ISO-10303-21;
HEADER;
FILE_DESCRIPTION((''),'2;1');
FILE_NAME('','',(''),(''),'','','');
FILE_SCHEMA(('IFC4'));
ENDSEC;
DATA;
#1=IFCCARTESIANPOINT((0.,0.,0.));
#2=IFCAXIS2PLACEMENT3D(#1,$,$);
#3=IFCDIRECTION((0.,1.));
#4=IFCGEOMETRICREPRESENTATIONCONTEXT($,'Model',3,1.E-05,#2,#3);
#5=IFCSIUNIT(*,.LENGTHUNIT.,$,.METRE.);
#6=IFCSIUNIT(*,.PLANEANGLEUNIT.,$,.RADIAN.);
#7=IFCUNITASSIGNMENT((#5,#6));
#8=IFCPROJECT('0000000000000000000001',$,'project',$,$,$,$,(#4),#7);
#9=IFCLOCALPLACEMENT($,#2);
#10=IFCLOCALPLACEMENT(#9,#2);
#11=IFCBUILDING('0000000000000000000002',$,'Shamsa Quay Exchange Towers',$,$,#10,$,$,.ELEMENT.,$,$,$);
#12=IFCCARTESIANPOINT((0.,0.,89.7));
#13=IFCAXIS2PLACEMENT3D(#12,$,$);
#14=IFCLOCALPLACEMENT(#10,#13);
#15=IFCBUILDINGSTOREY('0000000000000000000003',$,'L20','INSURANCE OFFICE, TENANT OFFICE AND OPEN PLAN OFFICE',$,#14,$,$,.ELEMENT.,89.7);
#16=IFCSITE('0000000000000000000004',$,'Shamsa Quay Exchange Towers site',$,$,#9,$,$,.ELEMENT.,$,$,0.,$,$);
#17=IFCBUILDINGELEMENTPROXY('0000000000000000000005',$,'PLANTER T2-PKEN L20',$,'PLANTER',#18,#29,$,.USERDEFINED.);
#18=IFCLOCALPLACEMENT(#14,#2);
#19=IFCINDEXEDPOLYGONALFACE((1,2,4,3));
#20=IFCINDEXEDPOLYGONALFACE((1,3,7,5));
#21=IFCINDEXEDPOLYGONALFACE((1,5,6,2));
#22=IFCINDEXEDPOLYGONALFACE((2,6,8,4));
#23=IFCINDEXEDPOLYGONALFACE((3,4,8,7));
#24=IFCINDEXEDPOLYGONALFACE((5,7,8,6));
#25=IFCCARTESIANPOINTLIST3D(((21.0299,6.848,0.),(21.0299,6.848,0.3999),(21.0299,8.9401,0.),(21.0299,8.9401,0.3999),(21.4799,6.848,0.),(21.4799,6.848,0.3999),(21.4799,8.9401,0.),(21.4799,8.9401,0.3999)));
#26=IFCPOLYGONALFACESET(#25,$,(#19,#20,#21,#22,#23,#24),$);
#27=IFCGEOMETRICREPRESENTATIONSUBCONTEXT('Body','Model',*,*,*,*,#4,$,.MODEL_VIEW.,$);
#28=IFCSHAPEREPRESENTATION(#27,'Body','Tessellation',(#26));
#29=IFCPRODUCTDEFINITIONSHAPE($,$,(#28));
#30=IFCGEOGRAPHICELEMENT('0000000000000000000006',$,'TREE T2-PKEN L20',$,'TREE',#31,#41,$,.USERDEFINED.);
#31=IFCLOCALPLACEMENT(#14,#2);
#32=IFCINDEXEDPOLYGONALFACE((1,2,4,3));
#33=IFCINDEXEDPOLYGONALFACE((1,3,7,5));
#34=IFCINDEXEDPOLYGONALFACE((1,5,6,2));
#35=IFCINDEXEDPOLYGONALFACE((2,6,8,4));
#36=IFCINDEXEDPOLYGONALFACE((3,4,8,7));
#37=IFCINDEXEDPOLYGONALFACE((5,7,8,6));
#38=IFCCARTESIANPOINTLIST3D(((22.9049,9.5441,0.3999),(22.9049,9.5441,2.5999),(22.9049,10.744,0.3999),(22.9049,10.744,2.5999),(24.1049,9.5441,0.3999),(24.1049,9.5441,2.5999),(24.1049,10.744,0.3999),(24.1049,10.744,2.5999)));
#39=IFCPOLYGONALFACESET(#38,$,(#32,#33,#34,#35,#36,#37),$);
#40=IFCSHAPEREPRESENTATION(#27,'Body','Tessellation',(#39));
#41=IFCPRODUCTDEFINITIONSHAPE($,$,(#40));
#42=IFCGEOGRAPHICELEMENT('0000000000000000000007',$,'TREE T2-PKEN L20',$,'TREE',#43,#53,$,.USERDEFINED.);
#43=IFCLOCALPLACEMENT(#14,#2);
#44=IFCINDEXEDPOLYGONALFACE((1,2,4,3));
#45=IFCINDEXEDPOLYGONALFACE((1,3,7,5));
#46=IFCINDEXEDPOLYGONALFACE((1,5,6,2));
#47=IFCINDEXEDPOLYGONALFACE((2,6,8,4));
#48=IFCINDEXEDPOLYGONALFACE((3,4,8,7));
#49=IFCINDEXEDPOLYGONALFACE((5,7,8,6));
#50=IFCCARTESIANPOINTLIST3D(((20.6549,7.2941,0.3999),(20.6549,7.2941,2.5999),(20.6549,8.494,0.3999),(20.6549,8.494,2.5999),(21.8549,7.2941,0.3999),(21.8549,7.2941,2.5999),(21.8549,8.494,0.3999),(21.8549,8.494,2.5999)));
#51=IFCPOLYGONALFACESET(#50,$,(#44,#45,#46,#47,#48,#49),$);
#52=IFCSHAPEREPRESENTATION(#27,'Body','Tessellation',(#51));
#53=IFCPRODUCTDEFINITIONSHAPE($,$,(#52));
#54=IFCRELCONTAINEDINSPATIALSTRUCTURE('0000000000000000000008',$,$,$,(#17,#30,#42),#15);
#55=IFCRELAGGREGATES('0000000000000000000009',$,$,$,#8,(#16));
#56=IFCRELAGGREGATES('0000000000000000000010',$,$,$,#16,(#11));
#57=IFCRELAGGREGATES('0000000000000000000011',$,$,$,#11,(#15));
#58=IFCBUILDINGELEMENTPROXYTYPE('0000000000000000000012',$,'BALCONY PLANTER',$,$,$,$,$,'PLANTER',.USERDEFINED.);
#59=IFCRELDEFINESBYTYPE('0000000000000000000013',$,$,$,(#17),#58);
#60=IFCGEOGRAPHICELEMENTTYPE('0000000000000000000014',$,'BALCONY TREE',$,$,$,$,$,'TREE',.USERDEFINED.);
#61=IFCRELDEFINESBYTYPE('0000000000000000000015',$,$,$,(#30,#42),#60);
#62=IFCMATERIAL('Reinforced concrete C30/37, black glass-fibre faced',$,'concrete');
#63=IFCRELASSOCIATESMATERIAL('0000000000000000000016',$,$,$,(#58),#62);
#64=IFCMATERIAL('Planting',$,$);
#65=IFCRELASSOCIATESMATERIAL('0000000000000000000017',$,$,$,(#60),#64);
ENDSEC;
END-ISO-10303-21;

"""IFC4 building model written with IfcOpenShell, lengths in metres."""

from ifc_helpers import new_model, si_unit, direction, frame, origin, origin_2d, place, context, subcontext, project, spatial, rectangle, extrude, material, type_object, element, save


model = new_model("IFC4")

# Units and contexts
model_context = context("Model", 3, precision=1e-05, world=origin(), true_north=direction((0.0, 1.0)))
body_context = subcontext(model_context, "Body", "Model", "MODEL_VIEW")
ifc_project = project(units=[si_unit("LENGTHUNIT", "METRE"), si_unit("PLANEANGLEUNIT", "RADIAN")], contexts=[model_context])

# Site, building, storey
site_placement = place(None, origin())
site = spatial("IfcSite", under=ifc_project, at=site_placement, Name="Shamsa Quay Exchange Towers site", CompositionType="ELEMENT", RefElevation=0.0)
building_placement = place(site_placement, origin())
building = spatial("IfcBuilding", under=site, at=building_placement, Name="Shamsa Quay Exchange Towers", CompositionType="ELEMENT")
storey_placement = place(building_placement, frame((0.0, 0.0, 89.7)))
storey = spatial("IfcBuildingStorey", under=building, at=storey_placement, Name="L20", Description="INSURANCE OFFICE, TENANT OFFICE AND OPEN PLAN OFFICE", CompositionType="ELEMENT", Elevation=89.7)

# Building element proxy
ifc_material_1 = material(Name="Reinforced concrete C30/37, black glass-fibre faced", Category="concrete")
building_element_proxy_type = type_object("IfcBuildingElementProxyType", Name="BALCONY PLANTER", ElementType="PLANTER", PredefinedType="USERDEFINED", material=ifc_material_1)
for number, where, z_axis, x_axis, name in (
    (1, (21.2549, 7.894, 0.0), (0.0, 0.0, 1.0), (0.0, -1.0, 0.0), "PLANTER T2-PKEN L20"),
):
    element("IfcBuildingElementProxy", number, at=place(storey_placement, frame(where, z_axis=z_axis, x_axis=x_axis)), inside=storey, type_object=building_element_proxy_type, Name=name, ObjectType="PLANTER", PredefinedType="USERDEFINED", context=body_context, shape_type="SweptSolid", body=[
        extrude(rectangle(XDim=2.092, YDim=0.45, at=origin_2d()), origin(), (0.0, 0.0, 1.0), 0.3999),
    ])

# Geographic elements
ifc_material_2 = material(Name="Planting")
geographic_element_type = type_object("IfcGeographicElementType", Name="BALCONY TREE", ElementType="TREE", PredefinedType="USERDEFINED", material=ifc_material_2)
for number, where, z_axis, x_axis, name in (
    (2, (23.5049, 10.144, 0.3999), (0.0, 0.0, 1.0), (0.0, -1.0, 0.0), "TREE T2-PKEN L20"),
    (3, (21.2549, 7.894, 0.3999), (0.0, 0.0, 1.0), (0.0, -1.0, 0.0), "TREE T2-PKEN L20"),
):
    element("IfcGeographicElement", number, at=place(storey_placement, frame(where, z_axis=z_axis, x_axis=x_axis)), inside=storey, type_object=geographic_element_type, Name=name, ObjectType="TREE", PredefinedType="USERDEFINED", context=body_context, shape_type="SweptSolid", body=[
        extrude(rectangle(XDim=1.2, YDim=1.2, at=origin_2d()), origin(), (0.0, 0.0, 1.0), 2.2),
    ])

save(model, "model.ifc")
